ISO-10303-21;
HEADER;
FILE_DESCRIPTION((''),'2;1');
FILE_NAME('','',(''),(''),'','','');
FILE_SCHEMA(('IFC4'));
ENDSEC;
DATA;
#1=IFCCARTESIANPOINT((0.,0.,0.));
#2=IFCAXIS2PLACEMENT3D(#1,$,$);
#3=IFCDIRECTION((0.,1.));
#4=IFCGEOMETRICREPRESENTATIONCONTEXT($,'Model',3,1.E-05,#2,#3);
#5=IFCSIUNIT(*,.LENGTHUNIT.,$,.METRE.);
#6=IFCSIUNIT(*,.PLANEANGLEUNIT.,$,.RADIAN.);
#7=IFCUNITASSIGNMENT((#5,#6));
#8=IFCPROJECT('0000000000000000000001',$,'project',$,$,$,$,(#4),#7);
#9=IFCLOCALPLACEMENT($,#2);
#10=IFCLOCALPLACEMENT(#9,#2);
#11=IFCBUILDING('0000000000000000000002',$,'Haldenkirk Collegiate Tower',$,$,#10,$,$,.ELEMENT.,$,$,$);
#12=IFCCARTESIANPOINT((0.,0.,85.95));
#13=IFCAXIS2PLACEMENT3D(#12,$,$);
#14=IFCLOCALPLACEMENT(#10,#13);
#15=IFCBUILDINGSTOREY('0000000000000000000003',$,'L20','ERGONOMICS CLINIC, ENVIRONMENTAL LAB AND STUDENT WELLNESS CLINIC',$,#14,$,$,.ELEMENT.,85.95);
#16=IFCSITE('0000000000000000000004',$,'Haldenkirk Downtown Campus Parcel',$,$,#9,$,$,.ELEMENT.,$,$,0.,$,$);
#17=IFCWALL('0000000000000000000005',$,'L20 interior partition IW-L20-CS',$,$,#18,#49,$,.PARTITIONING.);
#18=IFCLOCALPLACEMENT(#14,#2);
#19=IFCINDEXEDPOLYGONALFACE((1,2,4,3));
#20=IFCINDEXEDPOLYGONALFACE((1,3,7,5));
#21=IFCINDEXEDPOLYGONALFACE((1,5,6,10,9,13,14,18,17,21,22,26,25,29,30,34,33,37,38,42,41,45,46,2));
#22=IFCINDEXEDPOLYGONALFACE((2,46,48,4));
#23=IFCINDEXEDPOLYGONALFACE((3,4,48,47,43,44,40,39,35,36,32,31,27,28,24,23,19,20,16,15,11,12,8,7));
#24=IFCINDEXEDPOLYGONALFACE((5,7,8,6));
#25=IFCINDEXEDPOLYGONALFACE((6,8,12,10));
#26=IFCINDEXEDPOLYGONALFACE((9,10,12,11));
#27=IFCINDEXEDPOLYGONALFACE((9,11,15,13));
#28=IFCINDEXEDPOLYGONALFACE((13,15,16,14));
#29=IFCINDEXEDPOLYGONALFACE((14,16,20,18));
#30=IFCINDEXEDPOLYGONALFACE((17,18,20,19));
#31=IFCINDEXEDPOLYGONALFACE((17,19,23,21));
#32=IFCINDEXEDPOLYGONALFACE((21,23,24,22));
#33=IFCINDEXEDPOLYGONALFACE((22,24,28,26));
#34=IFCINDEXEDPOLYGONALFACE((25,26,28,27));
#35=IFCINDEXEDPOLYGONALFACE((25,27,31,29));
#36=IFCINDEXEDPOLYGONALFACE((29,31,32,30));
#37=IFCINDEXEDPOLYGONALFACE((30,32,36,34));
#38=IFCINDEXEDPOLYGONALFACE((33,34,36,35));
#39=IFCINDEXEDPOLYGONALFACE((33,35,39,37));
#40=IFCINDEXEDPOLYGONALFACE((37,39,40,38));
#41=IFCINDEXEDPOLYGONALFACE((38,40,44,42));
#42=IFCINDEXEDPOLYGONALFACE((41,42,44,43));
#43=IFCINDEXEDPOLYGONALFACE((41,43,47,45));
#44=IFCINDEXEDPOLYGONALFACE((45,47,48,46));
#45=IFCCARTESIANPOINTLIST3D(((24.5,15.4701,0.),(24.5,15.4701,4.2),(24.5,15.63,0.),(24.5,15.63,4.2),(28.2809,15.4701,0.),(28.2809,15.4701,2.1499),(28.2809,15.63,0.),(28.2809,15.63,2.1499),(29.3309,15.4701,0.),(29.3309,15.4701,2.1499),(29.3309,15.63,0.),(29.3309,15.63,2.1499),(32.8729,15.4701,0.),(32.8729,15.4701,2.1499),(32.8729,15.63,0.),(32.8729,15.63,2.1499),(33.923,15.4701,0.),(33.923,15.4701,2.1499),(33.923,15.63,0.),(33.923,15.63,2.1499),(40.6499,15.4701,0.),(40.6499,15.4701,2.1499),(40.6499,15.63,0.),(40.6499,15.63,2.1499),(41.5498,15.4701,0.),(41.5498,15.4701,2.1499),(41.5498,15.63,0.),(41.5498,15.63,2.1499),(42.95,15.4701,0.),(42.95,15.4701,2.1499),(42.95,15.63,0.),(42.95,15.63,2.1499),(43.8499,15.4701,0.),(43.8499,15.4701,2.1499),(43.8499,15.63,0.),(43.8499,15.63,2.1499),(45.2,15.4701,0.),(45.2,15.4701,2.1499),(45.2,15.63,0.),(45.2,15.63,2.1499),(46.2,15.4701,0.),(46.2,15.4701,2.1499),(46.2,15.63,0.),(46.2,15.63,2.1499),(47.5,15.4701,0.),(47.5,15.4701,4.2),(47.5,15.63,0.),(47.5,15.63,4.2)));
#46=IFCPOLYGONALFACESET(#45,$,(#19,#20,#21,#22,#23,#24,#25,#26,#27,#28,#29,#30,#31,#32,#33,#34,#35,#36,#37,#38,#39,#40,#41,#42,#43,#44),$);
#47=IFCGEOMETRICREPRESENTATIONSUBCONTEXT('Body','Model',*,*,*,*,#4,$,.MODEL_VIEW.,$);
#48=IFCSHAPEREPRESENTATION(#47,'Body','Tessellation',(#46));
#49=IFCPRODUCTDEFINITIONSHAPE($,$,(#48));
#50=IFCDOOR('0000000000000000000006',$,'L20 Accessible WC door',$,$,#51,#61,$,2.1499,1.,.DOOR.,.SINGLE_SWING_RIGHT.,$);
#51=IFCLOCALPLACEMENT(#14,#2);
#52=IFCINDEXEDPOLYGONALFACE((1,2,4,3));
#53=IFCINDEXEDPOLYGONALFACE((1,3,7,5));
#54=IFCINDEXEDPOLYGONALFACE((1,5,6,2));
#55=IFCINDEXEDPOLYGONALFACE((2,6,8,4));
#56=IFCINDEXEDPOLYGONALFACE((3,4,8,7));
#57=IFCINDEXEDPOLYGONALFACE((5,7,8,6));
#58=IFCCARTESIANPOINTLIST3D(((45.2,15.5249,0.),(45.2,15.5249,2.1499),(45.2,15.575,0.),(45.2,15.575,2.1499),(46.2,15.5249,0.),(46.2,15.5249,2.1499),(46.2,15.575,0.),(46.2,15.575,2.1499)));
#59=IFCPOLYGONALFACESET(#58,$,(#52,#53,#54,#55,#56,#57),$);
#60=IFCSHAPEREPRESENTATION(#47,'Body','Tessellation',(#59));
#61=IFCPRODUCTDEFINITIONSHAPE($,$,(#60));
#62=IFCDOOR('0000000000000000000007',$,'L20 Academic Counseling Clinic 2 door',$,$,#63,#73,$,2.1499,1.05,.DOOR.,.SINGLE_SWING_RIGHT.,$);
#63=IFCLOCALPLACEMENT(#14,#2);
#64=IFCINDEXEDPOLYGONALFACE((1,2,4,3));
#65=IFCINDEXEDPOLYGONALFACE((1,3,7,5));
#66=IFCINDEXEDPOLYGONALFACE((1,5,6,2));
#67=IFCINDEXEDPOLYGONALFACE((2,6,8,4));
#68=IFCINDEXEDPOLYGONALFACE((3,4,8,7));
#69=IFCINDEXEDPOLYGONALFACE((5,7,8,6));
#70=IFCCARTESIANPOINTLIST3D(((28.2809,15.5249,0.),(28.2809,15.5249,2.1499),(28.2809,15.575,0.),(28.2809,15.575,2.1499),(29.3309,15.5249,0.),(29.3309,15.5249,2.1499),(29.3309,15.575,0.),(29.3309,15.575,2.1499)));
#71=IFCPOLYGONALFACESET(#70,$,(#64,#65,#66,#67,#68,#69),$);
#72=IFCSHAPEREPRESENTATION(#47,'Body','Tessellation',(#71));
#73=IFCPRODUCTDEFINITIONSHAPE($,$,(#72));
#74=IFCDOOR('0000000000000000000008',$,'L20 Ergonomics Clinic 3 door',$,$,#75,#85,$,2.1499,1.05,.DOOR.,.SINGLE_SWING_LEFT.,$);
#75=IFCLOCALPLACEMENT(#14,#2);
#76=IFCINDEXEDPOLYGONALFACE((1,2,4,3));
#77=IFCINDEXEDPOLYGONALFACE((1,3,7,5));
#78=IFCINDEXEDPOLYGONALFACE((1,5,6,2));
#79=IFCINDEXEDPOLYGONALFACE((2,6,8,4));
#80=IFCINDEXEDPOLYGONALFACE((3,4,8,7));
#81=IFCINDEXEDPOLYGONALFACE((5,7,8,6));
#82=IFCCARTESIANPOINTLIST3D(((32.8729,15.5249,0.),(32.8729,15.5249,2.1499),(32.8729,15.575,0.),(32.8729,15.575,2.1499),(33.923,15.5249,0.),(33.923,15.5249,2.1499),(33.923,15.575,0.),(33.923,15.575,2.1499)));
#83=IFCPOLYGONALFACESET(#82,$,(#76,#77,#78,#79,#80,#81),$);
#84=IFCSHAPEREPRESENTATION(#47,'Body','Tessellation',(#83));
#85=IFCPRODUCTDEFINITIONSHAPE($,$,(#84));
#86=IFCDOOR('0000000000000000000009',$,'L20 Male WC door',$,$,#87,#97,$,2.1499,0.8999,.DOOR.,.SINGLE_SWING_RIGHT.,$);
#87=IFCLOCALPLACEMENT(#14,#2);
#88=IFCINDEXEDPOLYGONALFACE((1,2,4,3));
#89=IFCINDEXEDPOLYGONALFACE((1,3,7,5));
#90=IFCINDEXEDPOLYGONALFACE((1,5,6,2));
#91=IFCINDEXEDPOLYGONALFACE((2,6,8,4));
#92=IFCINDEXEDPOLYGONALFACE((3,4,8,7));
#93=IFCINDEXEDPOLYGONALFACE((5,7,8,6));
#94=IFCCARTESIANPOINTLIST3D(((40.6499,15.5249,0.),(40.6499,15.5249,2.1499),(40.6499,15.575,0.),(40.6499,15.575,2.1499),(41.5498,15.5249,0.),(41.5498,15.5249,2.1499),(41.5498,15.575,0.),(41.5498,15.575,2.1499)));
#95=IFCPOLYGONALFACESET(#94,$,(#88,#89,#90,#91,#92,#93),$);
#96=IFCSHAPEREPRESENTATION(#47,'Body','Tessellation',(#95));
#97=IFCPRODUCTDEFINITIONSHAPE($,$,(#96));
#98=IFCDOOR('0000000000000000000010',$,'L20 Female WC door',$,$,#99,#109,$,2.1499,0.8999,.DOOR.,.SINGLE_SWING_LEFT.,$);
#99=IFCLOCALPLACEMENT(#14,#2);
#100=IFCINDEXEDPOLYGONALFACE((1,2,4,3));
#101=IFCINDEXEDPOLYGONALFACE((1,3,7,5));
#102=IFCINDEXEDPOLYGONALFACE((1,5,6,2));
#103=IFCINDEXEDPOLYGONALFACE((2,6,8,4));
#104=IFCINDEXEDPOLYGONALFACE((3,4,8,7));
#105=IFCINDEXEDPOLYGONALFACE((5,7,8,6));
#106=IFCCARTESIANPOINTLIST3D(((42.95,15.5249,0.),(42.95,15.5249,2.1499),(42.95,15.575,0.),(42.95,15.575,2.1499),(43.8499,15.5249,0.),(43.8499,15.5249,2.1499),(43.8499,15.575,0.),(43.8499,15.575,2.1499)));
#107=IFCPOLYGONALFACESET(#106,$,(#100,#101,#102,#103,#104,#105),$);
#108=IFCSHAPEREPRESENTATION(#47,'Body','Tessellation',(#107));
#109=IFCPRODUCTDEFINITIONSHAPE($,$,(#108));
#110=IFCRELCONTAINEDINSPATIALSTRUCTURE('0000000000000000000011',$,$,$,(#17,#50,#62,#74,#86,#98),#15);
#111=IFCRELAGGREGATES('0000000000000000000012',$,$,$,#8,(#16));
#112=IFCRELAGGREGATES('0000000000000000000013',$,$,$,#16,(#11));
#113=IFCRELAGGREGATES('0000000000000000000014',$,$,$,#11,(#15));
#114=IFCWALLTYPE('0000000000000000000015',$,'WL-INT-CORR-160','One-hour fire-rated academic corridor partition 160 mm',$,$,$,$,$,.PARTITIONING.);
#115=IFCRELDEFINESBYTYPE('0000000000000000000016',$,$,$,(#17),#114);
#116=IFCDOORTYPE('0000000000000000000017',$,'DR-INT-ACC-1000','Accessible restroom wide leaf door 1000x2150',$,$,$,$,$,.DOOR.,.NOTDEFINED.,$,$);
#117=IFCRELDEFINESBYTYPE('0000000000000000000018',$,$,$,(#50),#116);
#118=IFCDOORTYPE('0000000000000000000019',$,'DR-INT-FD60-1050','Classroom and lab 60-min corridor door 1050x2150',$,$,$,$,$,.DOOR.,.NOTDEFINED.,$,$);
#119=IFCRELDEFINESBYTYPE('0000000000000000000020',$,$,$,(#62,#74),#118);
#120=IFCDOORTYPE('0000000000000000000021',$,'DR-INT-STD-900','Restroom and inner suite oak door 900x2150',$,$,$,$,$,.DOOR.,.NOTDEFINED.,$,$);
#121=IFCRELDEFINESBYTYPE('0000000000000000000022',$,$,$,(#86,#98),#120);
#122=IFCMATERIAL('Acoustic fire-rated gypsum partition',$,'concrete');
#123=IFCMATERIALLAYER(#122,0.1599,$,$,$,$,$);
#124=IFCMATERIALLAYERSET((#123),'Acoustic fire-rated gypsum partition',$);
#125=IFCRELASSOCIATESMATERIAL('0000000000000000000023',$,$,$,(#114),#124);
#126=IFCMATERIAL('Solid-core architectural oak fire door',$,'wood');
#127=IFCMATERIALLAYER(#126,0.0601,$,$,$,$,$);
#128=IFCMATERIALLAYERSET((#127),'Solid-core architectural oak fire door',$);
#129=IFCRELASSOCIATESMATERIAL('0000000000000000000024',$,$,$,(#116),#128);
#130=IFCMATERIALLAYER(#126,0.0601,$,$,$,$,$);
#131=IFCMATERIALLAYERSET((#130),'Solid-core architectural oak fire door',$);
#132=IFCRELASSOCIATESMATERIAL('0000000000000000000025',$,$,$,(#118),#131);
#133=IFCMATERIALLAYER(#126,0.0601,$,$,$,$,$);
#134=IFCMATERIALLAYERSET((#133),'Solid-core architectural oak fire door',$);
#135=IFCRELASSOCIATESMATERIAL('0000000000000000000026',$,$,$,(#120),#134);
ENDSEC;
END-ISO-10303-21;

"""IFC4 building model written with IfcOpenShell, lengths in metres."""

from ifc_helpers import new_model, si_unit, direction, frame, frame_2d, origin, place, context, subcontext, project, spatial, rectangle, extrude, material, layer, layer_set, type_object, element, fill, save


model = new_model("IFC4")

# Units and contexts
model_context = context("Model", 3, precision=1e-05, world=origin(), true_north=direction((0.0, 1.0)))
body_context = subcontext(model_context, "Body", "Model", "MODEL_VIEW")
ifc_project = project(units=[si_unit("LENGTHUNIT", "METRE"), si_unit("PLANEANGLEUNIT", "RADIAN")], contexts=[model_context])

# Site, building, storey
site_placement = place(None, origin())
site = spatial("IfcSite", under=ifc_project, at=site_placement, Name="Haldenkirk Downtown Campus Parcel", CompositionType="ELEMENT", RefElevation=0.0)
building_placement = place(site_placement, origin())
building = spatial("IfcBuilding", under=site, at=building_placement, Name="Haldenkirk Collegiate Tower", CompositionType="ELEMENT")
storey_placement = place(building_placement, frame((0.0, 0.0, 85.95)))
storey = spatial("IfcBuildingStorey", under=building, at=storey_placement, Name="L20", Description="ERGONOMICS CLINIC, ENVIRONMENTAL LAB AND STUDENT WELLNESS CLINIC", CompositionType="ELEMENT", Elevation=85.95)

# Wall, openings, doors
ifc_material_1 = material(Name="Acoustic fire-rated gypsum partition", Category="concrete")
ifc_layer_1 = layer(ifc_material_1, 0.1599)
ifc_layer_set_1 = layer_set([ifc_layer_1], Name="Acoustic fire-rated gypsum partition")
wall_type_1 = type_object("IfcWallType", Name="WL-INT-CORR-160", Description="One-hour fire-rated academic corridor partition 160 mm", PredefinedType="PARTITIONING", material=ifc_layer_set_1)
wall_1_placement = place(storey_placement, frame((24.5, 15.55, 0.0), z_axis=(0.0, 0.0, 1.0), x_axis=(1.0, 0.0, 0.0)))
wall_1 = element("IfcWall", 1, at=wall_1_placement, inside=storey, type_object=wall_type_1, Name="L20 interior partition IW-L20-CS", PredefinedType="PARTITIONING", context=body_context, shape_type="SweptSolid", body=[
    extrude(rectangle(XDim=23.0, YDim=0.1599, at=frame_2d((11.5, 0.0))), origin(), (0.0, 0.0, 1.0), 4.2),
])
opening_1_placement = place(wall_1_placement, frame((16.1499, 0.0, 0.0)))
opening_1 = element("IfcOpeningElement", 2, at=opening_1_placement, cuts=wall_1, PredefinedType="OPENING", context=body_context, shape_type="SweptSolid", body=[
    extrude(rectangle(XDim=0.8999, YDim=2.1499, at=frame_2d((0.45, 1.075))), frame((0.0, 0.0898, 0.0), z_axis=(0.0, -1.0, 0.0), x_axis=(1.0, 0.0, 0.0)), (0.0, 0.0, 1.0), 0.1799),
])
opening_2_placement = place(wall_1_placement, frame((18.45, 0.0, 0.0)))
opening_2 = element("IfcOpeningElement", 3, at=opening_2_placement, cuts=wall_1, PredefinedType="OPENING", context=body_context, shape_type="SweptSolid", body=[
    extrude(rectangle(XDim=0.8999, YDim=2.1499, at=frame_2d((0.45, 1.075))), frame((0.0, 0.0898, 0.0), z_axis=(0.0, -1.0, 0.0), x_axis=(1.0, 0.0, 0.0)), (0.0, 0.0, 1.0), 0.1799),
])
opening_3_placement = place(wall_1_placement, frame((20.7, 0.0, 0.0)))
opening_3 = element("IfcOpeningElement", 4, at=opening_3_placement, cuts=wall_1, PredefinedType="OPENING", context=body_context, shape_type="SweptSolid", body=[
    extrude(rectangle(XDim=1.0, YDim=2.1499, at=frame_2d((0.5, 1.075))), frame((0.0, 0.0898, 0.0), z_axis=(0.0, -1.0, 0.0), x_axis=(1.0, 0.0, 0.0)), (0.0, 0.0, 1.0), 0.1799),
])
opening_4_placement = place(wall_1_placement, frame((3.781, 0.0, 0.0)))
opening_4 = element("IfcOpeningElement", 5, at=opening_4_placement, cuts=wall_1, PredefinedType="OPENING", context=body_context, shape_type="SweptSolid", body=[
    extrude(rectangle(XDim=1.05, YDim=2.1499, at=frame_2d((0.5249, 1.075))), frame((0.0, 0.0898, 0.0), z_axis=(0.0, -1.0, 0.0), x_axis=(1.0, 0.0, 0.0)), (0.0, 0.0, 1.0), 0.1799),
])
opening_5_placement = place(wall_1_placement, frame((8.373, 0.0, 0.0)))
opening_5 = element("IfcOpeningElement", 6, at=opening_5_placement, cuts=wall_1, PredefinedType="OPENING", context=body_context, shape_type="SweptSolid", body=[
    extrude(rectangle(XDim=1.05, YDim=2.1499, at=frame_2d((0.5249, 1.075))), frame((0.0, 0.0898, 0.0), z_axis=(0.0, -1.0, 0.0), x_axis=(1.0, 0.0, 0.0)), (0.0, 0.0, 1.0), 0.1799),
])
ifc_material_2 = material(Name="Solid-core architectural oak fire door", Category="wood")
ifc_layer_2 = layer(ifc_material_2, 0.0601)
ifc_layer_set_2 = layer_set([ifc_layer_2], Name="Solid-core architectural oak fire door")
door_type_1 = type_object("IfcDoorType", Name="DR-INT-ACC-1000", Description="Accessible restroom wide leaf door 1000x2150", OperationType="NOTDEFINED", PredefinedType="DOOR", material=ifc_layer_set_2)
door_1_placement = place(opening_3_placement, origin())
door_1 = element("IfcDoor", 7, at=door_1_placement, inside=storey, type_object=door_type_1, Name="L20 Accessible WC door", OperationType="SINGLE_SWING_RIGHT", OverallHeight=2.1499, OverallWidth=1.0, PredefinedType="DOOR", context=body_context, shape_type="SweptSolid", body=[
    extrude(rectangle(XDim=1.0, YDim=2.1499, at=frame_2d((0.5, 1.075))), frame((0.0, 0.0249, 0.0), z_axis=(0.0, -1.0, 0.0), x_axis=(1.0, 0.0, 0.0)), (0.0, 0.0, 1.0), 0.05),
])
fill(opening_3, door_1)
ifc_layer_3 = layer(ifc_material_2, 0.0601)
ifc_layer_set_3 = layer_set([ifc_layer_3], Name="Solid-core architectural oak fire door")
door_type_2 = type_object("IfcDoorType", Name="DR-INT-FD60-1050", Description="Classroom and lab 60-min corridor door 1050x2150", OperationType="NOTDEFINED", PredefinedType="DOOR", material=ifc_layer_set_3)
door_2_placement = place(opening_4_placement, origin())
door_2 = element("IfcDoor", 8, at=door_2_placement, inside=storey, type_object=door_type_2, Name="L20 Academic Counseling Clinic 2 door", OperationType="SINGLE_SWING_RIGHT", OverallHeight=2.1499, OverallWidth=1.05, PredefinedType="DOOR", context=body_context, shape_type="SweptSolid", body=[
    extrude(rectangle(XDim=1.05, YDim=2.1499, at=frame_2d((0.5249, 1.075))), frame((0.0, 0.0249, 0.0), z_axis=(0.0, -1.0, 0.0), x_axis=(1.0, 0.0, 0.0)), (0.0, 0.0, 1.0), 0.05),
])
fill(opening_4, door_2)
door_3_placement = place(opening_5_placement, origin())
door_3 = element("IfcDoor", 9, at=door_3_placement, inside=storey, type_object=door_type_2, Name="L20 Ergonomics Clinic 3 door", OperationType="SINGLE_SWING_LEFT", OverallHeight=2.1499, OverallWidth=1.05, PredefinedType="DOOR", context=body_context, shape_type="SweptSolid", body=[
    extrude(rectangle(XDim=1.05, YDim=2.1499, at=frame_2d((0.5249, 1.075))), frame((0.0, 0.0249, 0.0), z_axis=(0.0, -1.0, 0.0), x_axis=(1.0, 0.0, 0.0)), (0.0, 0.0, 1.0), 0.05),
])
fill(opening_5, door_3)
ifc_layer_4 = layer(ifc_material_2, 0.0601)
ifc_layer_set_4 = layer_set([ifc_layer_4], Name="Solid-core architectural oak fire door")
door_type_3 = type_object("IfcDoorType", Name="DR-INT-STD-900", Description="Restroom and inner suite oak door 900x2150", OperationType="NOTDEFINED", PredefinedType="DOOR", material=ifc_layer_set_4)
door_4_placement = place(opening_1_placement, origin())
door_4 = element("IfcDoor", 10, at=door_4_placement, inside=storey, type_object=door_type_3, Name="L20 Male WC door", OperationType="SINGLE_SWING_RIGHT", OverallHeight=2.1499, OverallWidth=0.8999, PredefinedType="DOOR", context=body_context, shape_type="SweptSolid", body=[
    extrude(rectangle(XDim=0.8999, YDim=2.1499, at=frame_2d((0.45, 1.075))), frame((0.0, 0.0249, 0.0), z_axis=(0.0, -1.0, 0.0), x_axis=(1.0, 0.0, 0.0)), (0.0, 0.0, 1.0), 0.05),
])
fill(opening_1, door_4)
door_5_placement = place(opening_2_placement, origin())
door_5 = element("IfcDoor", 11, at=door_5_placement, inside=storey, type_object=door_type_3, Name="L20 Female WC door", OperationType="SINGLE_SWING_LEFT", OverallHeight=2.1499, OverallWidth=0.8999, PredefinedType="DOOR", context=body_context, shape_type="SweptSolid", body=[
    extrude(rectangle(XDim=0.8999, YDim=2.1499, at=frame_2d((0.45, 1.075))), frame((0.0, 0.0249, 0.0), z_axis=(0.0, -1.0, 0.0), x_axis=(1.0, 0.0, 0.0)), (0.0, 0.0, 1.0), 0.05),
])
fill(opening_2, door_5)

save(model, "model.ifc")
